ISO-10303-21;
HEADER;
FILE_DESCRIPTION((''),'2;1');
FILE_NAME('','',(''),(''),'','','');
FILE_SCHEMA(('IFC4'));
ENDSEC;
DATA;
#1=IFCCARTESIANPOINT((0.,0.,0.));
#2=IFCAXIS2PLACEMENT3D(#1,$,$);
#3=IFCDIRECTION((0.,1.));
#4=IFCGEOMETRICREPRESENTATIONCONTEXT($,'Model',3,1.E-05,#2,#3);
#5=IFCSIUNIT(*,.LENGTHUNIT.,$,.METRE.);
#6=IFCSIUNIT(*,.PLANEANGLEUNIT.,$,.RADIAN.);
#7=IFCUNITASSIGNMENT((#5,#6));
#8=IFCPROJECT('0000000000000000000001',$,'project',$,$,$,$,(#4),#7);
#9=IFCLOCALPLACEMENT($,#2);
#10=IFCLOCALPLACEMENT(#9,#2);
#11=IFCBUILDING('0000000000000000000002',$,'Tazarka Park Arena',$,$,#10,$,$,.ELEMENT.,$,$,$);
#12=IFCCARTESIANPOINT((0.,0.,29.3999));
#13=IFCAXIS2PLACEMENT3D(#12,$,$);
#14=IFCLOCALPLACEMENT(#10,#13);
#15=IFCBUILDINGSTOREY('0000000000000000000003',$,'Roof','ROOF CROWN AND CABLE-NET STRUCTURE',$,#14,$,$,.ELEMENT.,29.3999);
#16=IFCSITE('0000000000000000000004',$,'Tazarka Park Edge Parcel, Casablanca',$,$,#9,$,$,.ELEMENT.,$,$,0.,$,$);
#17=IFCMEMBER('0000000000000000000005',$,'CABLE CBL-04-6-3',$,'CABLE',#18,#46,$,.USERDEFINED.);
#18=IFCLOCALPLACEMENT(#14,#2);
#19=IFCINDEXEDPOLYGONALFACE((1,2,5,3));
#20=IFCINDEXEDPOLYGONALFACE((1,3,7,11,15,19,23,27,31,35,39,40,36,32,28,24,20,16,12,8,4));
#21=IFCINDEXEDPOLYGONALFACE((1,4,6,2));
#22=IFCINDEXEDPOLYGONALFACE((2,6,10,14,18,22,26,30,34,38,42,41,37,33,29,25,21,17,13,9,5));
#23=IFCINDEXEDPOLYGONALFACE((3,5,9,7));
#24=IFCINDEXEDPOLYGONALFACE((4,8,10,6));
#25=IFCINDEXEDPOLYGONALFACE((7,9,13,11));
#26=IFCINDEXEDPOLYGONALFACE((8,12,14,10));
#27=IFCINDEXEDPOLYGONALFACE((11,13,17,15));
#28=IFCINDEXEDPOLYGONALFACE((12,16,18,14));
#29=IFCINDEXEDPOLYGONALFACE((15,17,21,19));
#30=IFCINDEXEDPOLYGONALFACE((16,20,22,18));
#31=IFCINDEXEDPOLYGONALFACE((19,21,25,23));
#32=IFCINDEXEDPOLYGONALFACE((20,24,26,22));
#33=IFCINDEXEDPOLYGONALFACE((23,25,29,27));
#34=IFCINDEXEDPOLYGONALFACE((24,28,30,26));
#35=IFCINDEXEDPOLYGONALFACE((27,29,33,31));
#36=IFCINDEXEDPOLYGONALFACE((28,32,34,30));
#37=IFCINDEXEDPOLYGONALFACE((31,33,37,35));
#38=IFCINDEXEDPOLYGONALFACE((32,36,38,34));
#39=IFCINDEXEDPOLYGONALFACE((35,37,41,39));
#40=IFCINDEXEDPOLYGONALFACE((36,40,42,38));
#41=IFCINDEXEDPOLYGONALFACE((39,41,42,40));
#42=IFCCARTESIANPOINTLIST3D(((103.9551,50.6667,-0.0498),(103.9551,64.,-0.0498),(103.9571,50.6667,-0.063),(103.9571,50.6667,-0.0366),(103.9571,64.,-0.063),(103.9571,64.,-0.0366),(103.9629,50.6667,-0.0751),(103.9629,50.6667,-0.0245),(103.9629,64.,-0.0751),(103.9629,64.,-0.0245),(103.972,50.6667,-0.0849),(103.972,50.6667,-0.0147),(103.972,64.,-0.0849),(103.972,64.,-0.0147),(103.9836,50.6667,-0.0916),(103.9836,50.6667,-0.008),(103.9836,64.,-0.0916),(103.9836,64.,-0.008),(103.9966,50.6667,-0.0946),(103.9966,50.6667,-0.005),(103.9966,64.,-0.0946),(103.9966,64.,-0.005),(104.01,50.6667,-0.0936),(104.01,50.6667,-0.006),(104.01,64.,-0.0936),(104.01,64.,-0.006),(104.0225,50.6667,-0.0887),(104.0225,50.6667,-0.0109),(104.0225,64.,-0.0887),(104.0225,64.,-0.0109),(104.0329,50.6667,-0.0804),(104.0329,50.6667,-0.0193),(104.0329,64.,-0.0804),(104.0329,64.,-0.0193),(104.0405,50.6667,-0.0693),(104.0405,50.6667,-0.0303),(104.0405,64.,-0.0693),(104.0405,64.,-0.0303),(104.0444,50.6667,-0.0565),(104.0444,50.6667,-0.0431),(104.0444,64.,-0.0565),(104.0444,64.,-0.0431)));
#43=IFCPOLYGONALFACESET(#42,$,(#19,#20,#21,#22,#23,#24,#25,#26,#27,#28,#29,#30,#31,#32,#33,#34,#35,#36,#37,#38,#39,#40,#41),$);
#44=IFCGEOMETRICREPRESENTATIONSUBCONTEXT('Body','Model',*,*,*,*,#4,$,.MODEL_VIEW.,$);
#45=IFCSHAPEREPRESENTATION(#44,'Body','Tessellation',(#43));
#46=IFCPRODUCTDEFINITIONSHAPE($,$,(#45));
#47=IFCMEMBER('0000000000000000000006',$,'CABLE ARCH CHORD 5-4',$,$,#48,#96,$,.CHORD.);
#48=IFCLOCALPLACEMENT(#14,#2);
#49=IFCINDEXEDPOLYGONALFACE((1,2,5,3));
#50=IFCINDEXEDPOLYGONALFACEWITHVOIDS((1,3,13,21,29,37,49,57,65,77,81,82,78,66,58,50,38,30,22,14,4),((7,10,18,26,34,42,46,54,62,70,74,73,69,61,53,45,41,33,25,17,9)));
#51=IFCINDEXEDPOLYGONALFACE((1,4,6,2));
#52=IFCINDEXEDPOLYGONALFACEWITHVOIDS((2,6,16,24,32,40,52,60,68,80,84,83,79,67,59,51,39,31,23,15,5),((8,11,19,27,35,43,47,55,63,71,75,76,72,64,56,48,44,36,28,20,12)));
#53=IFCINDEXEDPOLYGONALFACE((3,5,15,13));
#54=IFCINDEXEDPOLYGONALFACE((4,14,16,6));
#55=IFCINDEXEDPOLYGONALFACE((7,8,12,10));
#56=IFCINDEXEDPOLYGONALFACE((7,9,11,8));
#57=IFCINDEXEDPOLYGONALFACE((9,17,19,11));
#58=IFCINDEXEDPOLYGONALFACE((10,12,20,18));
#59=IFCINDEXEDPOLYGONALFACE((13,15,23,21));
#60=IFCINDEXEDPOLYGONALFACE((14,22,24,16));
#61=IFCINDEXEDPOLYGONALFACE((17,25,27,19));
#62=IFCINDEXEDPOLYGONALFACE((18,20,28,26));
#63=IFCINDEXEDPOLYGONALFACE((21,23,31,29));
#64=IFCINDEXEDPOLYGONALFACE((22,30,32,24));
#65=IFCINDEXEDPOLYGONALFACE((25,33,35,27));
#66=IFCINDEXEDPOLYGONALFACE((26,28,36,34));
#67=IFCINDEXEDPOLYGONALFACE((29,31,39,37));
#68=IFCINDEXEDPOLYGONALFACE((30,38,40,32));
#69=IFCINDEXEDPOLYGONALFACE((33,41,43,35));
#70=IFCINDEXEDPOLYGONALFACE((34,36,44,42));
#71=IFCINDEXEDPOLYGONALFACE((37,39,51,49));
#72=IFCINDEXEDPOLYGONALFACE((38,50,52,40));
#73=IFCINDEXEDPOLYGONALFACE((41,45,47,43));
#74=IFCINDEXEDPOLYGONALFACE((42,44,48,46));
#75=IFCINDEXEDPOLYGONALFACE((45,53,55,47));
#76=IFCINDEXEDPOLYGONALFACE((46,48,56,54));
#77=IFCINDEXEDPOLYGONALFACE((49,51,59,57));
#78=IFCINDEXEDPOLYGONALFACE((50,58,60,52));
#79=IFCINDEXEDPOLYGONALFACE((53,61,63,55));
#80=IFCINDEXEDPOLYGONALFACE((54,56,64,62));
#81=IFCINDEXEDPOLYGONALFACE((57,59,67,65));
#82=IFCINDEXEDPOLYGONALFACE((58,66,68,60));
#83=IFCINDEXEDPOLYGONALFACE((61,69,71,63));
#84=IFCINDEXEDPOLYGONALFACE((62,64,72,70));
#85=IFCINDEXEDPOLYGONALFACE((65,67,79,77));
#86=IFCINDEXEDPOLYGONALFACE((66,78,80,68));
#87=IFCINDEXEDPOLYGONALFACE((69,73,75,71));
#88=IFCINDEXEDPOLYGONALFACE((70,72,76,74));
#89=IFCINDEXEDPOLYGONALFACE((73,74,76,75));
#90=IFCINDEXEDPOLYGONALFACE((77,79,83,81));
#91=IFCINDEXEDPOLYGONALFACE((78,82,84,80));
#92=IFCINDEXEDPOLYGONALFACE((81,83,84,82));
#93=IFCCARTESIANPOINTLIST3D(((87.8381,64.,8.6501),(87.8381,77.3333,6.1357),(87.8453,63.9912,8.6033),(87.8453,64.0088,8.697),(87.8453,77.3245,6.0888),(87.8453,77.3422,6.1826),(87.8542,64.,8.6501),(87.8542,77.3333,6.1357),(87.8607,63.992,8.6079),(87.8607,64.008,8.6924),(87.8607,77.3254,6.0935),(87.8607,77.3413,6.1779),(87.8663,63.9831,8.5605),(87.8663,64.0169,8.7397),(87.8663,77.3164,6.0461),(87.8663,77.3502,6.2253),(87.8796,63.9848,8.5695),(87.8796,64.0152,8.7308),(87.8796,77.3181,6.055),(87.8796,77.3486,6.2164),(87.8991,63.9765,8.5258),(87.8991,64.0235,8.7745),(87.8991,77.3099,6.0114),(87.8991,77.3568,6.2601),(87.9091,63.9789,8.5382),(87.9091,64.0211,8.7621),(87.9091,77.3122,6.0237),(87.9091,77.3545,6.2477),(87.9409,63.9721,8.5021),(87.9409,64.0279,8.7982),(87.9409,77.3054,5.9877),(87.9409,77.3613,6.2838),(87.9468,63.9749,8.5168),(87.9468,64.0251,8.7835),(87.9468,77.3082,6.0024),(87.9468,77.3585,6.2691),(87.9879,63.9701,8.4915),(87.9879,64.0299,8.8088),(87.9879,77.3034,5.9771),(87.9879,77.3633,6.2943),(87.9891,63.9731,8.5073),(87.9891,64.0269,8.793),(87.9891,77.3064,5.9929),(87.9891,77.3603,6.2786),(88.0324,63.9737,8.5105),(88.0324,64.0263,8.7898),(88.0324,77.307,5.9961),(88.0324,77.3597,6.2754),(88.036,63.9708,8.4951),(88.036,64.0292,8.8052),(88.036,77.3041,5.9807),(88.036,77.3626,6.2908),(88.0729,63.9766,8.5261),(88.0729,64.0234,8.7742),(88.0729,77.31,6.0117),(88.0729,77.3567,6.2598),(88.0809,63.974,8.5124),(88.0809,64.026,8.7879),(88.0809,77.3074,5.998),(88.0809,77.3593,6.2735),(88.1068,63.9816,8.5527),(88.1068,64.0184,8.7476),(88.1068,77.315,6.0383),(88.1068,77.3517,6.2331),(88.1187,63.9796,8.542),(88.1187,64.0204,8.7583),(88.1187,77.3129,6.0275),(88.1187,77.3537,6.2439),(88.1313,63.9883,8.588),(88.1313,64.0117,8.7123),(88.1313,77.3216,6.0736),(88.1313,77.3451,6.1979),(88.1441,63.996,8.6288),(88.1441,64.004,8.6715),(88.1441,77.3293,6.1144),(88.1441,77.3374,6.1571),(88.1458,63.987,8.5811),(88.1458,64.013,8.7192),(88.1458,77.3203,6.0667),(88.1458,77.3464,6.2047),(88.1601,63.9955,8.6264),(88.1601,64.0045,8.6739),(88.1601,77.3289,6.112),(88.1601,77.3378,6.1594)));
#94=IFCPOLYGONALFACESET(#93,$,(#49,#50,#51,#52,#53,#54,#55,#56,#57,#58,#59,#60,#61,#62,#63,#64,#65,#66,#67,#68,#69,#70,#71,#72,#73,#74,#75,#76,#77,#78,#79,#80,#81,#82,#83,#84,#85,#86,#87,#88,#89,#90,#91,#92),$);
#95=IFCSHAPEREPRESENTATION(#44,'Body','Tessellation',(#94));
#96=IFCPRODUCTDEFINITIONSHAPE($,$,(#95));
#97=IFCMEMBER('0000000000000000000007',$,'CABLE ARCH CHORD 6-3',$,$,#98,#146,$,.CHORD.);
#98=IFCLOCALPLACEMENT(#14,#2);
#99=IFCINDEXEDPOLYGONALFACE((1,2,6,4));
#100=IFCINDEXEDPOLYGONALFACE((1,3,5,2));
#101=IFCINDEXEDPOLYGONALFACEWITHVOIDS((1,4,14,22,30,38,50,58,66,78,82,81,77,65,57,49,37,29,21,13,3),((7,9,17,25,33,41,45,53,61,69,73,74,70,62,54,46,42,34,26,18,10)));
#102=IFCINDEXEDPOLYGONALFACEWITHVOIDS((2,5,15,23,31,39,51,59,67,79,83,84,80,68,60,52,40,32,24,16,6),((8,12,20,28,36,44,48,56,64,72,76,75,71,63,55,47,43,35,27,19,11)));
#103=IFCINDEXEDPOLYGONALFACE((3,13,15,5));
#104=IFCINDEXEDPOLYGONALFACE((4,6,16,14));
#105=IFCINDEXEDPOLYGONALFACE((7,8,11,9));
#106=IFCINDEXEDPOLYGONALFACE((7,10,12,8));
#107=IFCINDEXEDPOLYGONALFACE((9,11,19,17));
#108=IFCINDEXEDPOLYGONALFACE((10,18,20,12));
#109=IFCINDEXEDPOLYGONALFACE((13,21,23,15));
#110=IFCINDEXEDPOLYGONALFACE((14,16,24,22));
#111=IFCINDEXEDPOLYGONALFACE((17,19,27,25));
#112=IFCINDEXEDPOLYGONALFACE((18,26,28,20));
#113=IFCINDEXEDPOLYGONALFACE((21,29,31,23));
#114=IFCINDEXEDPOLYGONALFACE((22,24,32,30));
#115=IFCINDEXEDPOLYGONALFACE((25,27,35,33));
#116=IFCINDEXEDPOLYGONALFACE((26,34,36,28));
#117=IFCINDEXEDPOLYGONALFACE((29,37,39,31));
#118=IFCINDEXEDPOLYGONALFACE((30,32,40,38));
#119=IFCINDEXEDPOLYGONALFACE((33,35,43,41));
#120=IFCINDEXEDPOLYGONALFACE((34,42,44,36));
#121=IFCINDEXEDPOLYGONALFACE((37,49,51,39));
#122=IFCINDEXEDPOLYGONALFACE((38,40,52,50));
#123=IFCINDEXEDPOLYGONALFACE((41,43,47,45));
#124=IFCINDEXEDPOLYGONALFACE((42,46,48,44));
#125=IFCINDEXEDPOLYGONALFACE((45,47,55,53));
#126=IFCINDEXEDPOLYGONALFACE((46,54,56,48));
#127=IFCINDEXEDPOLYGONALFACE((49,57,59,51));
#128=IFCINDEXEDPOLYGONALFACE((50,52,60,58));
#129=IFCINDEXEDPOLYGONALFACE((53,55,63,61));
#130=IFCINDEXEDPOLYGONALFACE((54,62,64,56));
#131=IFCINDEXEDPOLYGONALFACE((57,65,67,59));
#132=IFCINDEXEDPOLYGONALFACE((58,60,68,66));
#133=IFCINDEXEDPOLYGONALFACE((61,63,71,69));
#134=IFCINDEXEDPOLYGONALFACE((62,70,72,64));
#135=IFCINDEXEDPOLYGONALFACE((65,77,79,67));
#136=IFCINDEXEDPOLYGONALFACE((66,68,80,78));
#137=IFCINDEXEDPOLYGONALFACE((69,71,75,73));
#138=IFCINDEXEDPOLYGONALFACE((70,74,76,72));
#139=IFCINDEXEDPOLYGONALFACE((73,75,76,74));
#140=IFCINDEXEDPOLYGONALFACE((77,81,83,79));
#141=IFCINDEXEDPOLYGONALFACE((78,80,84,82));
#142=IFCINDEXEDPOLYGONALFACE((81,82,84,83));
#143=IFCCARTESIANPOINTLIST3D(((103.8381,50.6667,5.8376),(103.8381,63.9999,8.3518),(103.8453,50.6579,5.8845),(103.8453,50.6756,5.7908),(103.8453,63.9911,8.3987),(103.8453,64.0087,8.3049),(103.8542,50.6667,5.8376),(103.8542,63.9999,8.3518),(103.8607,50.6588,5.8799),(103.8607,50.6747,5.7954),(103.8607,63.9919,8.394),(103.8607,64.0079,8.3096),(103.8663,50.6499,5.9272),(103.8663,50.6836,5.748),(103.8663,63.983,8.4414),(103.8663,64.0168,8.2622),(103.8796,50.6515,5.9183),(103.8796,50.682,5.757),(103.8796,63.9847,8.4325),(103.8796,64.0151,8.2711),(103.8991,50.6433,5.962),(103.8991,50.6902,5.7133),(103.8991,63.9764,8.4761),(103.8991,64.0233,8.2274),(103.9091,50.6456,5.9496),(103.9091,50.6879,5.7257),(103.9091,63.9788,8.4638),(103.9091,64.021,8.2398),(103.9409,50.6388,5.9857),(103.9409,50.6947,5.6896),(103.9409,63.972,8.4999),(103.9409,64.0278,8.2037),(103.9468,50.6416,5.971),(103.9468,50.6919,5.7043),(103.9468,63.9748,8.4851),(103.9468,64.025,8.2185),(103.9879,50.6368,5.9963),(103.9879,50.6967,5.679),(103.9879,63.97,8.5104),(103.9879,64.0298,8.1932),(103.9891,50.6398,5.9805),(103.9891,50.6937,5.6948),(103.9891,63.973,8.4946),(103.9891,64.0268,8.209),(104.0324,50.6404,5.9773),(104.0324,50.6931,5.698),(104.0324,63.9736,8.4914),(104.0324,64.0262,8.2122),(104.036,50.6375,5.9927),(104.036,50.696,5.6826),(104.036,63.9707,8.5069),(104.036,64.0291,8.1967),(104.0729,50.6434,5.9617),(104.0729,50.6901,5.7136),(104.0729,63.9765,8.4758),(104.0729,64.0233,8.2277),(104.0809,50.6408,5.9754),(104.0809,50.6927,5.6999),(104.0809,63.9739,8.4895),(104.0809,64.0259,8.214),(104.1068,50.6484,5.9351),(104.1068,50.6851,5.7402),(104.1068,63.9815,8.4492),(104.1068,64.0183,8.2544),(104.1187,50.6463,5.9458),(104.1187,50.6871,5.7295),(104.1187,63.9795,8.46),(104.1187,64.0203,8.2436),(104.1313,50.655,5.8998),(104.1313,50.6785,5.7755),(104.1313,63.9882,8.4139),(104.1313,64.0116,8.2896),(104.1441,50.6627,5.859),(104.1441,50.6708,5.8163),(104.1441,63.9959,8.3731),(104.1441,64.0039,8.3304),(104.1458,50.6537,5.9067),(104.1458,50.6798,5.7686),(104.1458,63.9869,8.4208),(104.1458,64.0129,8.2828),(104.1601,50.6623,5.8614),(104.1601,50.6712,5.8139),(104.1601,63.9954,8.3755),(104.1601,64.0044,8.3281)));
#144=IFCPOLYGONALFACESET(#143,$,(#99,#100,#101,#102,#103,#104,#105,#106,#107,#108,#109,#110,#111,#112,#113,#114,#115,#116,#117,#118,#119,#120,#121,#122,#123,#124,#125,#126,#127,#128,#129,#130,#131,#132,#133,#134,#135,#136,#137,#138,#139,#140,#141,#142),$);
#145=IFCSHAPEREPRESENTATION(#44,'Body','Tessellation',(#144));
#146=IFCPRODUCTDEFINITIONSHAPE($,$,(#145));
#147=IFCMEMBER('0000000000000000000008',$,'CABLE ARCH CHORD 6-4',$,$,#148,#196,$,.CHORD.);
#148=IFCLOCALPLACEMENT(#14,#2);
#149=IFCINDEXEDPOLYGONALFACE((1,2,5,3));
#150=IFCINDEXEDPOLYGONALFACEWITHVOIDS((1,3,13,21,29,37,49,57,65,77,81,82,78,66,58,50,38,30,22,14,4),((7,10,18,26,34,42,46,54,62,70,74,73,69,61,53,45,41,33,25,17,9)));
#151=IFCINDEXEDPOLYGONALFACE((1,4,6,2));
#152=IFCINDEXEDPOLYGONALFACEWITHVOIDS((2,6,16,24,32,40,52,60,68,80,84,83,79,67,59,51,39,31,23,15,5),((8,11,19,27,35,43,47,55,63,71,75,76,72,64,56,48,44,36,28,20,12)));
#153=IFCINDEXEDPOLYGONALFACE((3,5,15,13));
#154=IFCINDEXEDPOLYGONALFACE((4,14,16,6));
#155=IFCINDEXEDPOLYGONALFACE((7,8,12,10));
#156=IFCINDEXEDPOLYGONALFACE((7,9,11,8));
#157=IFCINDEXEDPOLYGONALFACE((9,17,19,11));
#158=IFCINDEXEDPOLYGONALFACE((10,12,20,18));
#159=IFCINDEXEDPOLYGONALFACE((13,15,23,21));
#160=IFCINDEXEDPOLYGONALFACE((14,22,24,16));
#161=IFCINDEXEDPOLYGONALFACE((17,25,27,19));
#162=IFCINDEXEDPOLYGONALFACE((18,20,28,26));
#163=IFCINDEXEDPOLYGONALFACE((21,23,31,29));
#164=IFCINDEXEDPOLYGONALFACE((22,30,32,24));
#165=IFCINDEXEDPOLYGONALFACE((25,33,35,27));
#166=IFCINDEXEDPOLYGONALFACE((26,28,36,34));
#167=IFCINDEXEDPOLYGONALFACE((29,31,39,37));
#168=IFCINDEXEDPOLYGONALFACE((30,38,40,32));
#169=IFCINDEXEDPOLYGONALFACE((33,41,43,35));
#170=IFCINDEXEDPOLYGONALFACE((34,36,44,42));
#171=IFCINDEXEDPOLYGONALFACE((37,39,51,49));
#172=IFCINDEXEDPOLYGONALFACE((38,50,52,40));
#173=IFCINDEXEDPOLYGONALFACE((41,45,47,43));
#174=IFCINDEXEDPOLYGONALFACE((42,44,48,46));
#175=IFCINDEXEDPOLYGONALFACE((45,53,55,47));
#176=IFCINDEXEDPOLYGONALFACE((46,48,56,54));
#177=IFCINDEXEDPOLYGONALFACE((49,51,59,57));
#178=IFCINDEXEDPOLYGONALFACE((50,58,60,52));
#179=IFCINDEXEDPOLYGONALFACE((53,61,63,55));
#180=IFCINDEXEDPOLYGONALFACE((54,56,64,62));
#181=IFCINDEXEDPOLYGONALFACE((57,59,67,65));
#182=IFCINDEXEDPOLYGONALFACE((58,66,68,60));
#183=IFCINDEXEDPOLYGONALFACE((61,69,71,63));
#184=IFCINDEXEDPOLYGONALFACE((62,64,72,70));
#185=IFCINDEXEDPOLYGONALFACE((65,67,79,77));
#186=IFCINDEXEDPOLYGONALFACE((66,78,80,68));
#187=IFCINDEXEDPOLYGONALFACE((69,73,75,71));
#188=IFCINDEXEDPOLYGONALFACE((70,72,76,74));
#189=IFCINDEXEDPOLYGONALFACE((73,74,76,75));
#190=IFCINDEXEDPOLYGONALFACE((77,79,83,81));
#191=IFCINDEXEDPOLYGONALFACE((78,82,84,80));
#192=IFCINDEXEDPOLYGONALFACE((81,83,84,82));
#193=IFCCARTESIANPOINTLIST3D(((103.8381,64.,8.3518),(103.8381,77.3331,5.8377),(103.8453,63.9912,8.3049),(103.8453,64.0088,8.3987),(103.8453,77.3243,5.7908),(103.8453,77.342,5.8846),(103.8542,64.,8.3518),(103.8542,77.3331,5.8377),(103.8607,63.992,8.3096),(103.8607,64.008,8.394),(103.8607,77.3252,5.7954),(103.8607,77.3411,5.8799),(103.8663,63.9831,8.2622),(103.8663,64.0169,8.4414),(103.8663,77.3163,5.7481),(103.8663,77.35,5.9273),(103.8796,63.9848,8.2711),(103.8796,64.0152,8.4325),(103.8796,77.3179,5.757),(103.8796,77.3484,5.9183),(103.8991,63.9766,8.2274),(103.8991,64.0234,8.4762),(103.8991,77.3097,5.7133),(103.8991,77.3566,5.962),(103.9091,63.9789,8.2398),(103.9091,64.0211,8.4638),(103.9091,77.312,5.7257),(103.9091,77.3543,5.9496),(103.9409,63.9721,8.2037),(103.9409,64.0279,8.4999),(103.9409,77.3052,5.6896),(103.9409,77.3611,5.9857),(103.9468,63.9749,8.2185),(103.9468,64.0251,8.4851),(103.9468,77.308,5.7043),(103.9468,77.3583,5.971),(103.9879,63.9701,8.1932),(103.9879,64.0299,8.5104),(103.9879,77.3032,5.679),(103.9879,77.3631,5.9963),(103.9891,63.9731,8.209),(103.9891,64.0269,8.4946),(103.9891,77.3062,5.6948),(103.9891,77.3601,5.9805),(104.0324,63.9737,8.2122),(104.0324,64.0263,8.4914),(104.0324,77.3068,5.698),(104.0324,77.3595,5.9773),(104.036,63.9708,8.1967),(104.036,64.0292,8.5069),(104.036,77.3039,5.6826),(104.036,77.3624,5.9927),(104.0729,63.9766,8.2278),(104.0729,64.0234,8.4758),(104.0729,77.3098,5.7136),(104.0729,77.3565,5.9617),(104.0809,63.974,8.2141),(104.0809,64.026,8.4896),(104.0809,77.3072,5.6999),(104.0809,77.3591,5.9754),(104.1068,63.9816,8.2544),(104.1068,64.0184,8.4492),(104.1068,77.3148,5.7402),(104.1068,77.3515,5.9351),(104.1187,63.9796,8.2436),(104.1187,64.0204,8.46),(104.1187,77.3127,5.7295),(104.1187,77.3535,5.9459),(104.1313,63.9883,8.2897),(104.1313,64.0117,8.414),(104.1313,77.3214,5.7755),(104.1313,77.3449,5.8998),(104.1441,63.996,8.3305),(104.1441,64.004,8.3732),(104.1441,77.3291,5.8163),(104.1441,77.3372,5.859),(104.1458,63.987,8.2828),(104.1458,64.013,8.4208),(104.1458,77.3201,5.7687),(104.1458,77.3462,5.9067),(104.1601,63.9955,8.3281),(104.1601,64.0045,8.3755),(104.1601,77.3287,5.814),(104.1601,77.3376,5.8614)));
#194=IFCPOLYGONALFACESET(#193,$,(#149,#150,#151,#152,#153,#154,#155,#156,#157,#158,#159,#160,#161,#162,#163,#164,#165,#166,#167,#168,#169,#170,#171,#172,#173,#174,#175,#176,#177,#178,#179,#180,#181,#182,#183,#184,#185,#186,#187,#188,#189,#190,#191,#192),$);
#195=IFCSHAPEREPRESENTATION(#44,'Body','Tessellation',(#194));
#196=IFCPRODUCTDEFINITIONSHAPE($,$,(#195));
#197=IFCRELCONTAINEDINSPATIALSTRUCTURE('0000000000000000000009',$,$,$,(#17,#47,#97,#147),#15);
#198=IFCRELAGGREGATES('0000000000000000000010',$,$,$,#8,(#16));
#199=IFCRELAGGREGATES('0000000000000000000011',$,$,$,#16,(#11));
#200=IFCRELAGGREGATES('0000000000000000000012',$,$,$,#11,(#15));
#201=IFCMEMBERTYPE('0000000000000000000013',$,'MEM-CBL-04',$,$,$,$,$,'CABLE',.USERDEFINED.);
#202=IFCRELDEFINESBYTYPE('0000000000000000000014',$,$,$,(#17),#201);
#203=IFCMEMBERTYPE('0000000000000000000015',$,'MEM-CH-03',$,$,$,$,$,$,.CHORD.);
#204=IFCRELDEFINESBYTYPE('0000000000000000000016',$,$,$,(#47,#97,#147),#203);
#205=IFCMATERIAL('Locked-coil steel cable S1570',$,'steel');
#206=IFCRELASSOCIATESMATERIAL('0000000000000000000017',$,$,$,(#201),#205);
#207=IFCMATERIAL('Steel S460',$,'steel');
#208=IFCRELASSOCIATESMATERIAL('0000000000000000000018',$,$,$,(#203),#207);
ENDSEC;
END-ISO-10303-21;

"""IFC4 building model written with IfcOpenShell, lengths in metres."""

from ifc_helpers import new_model, si_unit, direction, frame, origin, origin_2d, place, context, subcontext, project, spatial, circle, hollow_circle, extrude, material, material_profile, profile_set, type_object, element, save


model = new_model("IFC4")

# Units and contexts
model_context = context("Model", 3, precision=1e-05, world=origin(), true_north=direction((0.0, 1.0)))
body_context = subcontext(model_context, "Body", "Model", "MODEL_VIEW")
ifc_project = project(units=[si_unit("LENGTHUNIT", "METRE"), si_unit("PLANEANGLEUNIT", "RADIAN")], contexts=[model_context])

# Site, building, storey
site_placement = place(None, origin())
site = spatial("IfcSite", under=ifc_project, at=site_placement, Name="Tazarka Park Edge Parcel, Casablanca", CompositionType="ELEMENT", RefElevation=0.0)
building_placement = place(site_placement, origin())
building = spatial("IfcBuilding", under=site, at=building_placement, Name="Tazarka Park Arena", CompositionType="ELEMENT")
storey_placement = place(building_placement, frame((0.0, 0.0, 29.3999)))
storey = spatial("IfcBuildingStorey", under=building, at=storey_placement, Name="Roof", Description="ROOF CROWN AND CABLE-NET STRUCTURE", CompositionType="ELEMENT", Elevation=29.3999)

# Members
ifc_material_1 = material(Name="Locked-coil steel cable S1570", Category="steel")
ifc_material_profile_1 = material_profile(ifc_material_1, circle(Radius=0.0449, at=origin_2d()), Name="Locked-coil steel cable S1570")
ifc_profile_set_1 = profile_set([ifc_material_profile_1], Name="Locked-coil steel cable S1570")
member_type_1 = type_object("IfcMemberType", Name="MEM-CBL-04", ElementType="CABLE", PredefinedType="USERDEFINED", material=ifc_profile_set_1)
for number, where, z_axis, x_axis, name in (
    (1, (104.0, 50.6667, -0.0498), (0.0, 1.0, 0.0), (-1.0, 0.0, 0.0), "CABLE CBL-04-6-3"),
):
    element("IfcMember", number, at=place(storey_placement, frame(where, z_axis=z_axis, x_axis=x_axis)), inside=storey, type_object=member_type_1, Name=name, ObjectType="CABLE", PredefinedType="USERDEFINED", context=body_context, shape_type="SweptSolid", body=[
        extrude(circle(Radius=0.0449, at=origin_2d()), origin(), (0.0, 0.0, 1.0), 13.3333),
    ])
ifc_material_2 = material(Name="Steel S460", Category="steel")
ifc_material_profile_2 = material_profile(ifc_material_2, hollow_circle(Radius=0.1619, WallThickness=0.0161, at=origin_2d()), Name="Steel S460")
ifc_profile_set_2 = profile_set([ifc_material_profile_2], Name="Steel S460")
member_type_2 = type_object("IfcMemberType", Name="MEM-CH-03", PredefinedType="CHORD", material=ifc_profile_set_2)
member_1_placement = place(storey_placement, frame((88.0, 64.0, 8.6501), z_axis=(0.0, 0.982679, -0.185315), x_axis=(-1.0, 0.0, 0.0)))
element("IfcMember", 2, at=member_1_placement, inside=storey, type_object=member_type_2, Name="CABLE ARCH CHORD 5-4", PredefinedType="CHORD", context=body_context, shape_type="SweptSolid", body=[
    extrude(hollow_circle(Radius=0.1619, WallThickness=0.0161, at=origin_2d()), origin(), (0.0, 0.0, 1.0), 13.5684),
])
for number, where, z_axis, x_axis, name in (
    (3, (104.0, 50.6667, 5.8376), (0.0, 0.982682, 0.185298), (-1.0, 0.0, 0.0), "CABLE ARCH CHORD 6-3"),
    (4, (104.0, 64.0, 8.3518), (0.0, 0.982682, -0.185298), (-1.0, 0.0, 0.0), "CABLE ARCH CHORD 6-4"),
):
    element("IfcMember", number, at=place(storey_placement, frame(where, z_axis=z_axis, x_axis=x_axis)), inside=storey, type_object=member_type_2, Name=name, PredefinedType="CHORD", context=body_context, shape_type="SweptSolid", body=[
        extrude(hollow_circle(Radius=0.1619, WallThickness=0.0161, at=origin_2d()), origin(), (0.0, 0.0, 1.0), 13.5681),
    ])

save(model, "model.ifc")
